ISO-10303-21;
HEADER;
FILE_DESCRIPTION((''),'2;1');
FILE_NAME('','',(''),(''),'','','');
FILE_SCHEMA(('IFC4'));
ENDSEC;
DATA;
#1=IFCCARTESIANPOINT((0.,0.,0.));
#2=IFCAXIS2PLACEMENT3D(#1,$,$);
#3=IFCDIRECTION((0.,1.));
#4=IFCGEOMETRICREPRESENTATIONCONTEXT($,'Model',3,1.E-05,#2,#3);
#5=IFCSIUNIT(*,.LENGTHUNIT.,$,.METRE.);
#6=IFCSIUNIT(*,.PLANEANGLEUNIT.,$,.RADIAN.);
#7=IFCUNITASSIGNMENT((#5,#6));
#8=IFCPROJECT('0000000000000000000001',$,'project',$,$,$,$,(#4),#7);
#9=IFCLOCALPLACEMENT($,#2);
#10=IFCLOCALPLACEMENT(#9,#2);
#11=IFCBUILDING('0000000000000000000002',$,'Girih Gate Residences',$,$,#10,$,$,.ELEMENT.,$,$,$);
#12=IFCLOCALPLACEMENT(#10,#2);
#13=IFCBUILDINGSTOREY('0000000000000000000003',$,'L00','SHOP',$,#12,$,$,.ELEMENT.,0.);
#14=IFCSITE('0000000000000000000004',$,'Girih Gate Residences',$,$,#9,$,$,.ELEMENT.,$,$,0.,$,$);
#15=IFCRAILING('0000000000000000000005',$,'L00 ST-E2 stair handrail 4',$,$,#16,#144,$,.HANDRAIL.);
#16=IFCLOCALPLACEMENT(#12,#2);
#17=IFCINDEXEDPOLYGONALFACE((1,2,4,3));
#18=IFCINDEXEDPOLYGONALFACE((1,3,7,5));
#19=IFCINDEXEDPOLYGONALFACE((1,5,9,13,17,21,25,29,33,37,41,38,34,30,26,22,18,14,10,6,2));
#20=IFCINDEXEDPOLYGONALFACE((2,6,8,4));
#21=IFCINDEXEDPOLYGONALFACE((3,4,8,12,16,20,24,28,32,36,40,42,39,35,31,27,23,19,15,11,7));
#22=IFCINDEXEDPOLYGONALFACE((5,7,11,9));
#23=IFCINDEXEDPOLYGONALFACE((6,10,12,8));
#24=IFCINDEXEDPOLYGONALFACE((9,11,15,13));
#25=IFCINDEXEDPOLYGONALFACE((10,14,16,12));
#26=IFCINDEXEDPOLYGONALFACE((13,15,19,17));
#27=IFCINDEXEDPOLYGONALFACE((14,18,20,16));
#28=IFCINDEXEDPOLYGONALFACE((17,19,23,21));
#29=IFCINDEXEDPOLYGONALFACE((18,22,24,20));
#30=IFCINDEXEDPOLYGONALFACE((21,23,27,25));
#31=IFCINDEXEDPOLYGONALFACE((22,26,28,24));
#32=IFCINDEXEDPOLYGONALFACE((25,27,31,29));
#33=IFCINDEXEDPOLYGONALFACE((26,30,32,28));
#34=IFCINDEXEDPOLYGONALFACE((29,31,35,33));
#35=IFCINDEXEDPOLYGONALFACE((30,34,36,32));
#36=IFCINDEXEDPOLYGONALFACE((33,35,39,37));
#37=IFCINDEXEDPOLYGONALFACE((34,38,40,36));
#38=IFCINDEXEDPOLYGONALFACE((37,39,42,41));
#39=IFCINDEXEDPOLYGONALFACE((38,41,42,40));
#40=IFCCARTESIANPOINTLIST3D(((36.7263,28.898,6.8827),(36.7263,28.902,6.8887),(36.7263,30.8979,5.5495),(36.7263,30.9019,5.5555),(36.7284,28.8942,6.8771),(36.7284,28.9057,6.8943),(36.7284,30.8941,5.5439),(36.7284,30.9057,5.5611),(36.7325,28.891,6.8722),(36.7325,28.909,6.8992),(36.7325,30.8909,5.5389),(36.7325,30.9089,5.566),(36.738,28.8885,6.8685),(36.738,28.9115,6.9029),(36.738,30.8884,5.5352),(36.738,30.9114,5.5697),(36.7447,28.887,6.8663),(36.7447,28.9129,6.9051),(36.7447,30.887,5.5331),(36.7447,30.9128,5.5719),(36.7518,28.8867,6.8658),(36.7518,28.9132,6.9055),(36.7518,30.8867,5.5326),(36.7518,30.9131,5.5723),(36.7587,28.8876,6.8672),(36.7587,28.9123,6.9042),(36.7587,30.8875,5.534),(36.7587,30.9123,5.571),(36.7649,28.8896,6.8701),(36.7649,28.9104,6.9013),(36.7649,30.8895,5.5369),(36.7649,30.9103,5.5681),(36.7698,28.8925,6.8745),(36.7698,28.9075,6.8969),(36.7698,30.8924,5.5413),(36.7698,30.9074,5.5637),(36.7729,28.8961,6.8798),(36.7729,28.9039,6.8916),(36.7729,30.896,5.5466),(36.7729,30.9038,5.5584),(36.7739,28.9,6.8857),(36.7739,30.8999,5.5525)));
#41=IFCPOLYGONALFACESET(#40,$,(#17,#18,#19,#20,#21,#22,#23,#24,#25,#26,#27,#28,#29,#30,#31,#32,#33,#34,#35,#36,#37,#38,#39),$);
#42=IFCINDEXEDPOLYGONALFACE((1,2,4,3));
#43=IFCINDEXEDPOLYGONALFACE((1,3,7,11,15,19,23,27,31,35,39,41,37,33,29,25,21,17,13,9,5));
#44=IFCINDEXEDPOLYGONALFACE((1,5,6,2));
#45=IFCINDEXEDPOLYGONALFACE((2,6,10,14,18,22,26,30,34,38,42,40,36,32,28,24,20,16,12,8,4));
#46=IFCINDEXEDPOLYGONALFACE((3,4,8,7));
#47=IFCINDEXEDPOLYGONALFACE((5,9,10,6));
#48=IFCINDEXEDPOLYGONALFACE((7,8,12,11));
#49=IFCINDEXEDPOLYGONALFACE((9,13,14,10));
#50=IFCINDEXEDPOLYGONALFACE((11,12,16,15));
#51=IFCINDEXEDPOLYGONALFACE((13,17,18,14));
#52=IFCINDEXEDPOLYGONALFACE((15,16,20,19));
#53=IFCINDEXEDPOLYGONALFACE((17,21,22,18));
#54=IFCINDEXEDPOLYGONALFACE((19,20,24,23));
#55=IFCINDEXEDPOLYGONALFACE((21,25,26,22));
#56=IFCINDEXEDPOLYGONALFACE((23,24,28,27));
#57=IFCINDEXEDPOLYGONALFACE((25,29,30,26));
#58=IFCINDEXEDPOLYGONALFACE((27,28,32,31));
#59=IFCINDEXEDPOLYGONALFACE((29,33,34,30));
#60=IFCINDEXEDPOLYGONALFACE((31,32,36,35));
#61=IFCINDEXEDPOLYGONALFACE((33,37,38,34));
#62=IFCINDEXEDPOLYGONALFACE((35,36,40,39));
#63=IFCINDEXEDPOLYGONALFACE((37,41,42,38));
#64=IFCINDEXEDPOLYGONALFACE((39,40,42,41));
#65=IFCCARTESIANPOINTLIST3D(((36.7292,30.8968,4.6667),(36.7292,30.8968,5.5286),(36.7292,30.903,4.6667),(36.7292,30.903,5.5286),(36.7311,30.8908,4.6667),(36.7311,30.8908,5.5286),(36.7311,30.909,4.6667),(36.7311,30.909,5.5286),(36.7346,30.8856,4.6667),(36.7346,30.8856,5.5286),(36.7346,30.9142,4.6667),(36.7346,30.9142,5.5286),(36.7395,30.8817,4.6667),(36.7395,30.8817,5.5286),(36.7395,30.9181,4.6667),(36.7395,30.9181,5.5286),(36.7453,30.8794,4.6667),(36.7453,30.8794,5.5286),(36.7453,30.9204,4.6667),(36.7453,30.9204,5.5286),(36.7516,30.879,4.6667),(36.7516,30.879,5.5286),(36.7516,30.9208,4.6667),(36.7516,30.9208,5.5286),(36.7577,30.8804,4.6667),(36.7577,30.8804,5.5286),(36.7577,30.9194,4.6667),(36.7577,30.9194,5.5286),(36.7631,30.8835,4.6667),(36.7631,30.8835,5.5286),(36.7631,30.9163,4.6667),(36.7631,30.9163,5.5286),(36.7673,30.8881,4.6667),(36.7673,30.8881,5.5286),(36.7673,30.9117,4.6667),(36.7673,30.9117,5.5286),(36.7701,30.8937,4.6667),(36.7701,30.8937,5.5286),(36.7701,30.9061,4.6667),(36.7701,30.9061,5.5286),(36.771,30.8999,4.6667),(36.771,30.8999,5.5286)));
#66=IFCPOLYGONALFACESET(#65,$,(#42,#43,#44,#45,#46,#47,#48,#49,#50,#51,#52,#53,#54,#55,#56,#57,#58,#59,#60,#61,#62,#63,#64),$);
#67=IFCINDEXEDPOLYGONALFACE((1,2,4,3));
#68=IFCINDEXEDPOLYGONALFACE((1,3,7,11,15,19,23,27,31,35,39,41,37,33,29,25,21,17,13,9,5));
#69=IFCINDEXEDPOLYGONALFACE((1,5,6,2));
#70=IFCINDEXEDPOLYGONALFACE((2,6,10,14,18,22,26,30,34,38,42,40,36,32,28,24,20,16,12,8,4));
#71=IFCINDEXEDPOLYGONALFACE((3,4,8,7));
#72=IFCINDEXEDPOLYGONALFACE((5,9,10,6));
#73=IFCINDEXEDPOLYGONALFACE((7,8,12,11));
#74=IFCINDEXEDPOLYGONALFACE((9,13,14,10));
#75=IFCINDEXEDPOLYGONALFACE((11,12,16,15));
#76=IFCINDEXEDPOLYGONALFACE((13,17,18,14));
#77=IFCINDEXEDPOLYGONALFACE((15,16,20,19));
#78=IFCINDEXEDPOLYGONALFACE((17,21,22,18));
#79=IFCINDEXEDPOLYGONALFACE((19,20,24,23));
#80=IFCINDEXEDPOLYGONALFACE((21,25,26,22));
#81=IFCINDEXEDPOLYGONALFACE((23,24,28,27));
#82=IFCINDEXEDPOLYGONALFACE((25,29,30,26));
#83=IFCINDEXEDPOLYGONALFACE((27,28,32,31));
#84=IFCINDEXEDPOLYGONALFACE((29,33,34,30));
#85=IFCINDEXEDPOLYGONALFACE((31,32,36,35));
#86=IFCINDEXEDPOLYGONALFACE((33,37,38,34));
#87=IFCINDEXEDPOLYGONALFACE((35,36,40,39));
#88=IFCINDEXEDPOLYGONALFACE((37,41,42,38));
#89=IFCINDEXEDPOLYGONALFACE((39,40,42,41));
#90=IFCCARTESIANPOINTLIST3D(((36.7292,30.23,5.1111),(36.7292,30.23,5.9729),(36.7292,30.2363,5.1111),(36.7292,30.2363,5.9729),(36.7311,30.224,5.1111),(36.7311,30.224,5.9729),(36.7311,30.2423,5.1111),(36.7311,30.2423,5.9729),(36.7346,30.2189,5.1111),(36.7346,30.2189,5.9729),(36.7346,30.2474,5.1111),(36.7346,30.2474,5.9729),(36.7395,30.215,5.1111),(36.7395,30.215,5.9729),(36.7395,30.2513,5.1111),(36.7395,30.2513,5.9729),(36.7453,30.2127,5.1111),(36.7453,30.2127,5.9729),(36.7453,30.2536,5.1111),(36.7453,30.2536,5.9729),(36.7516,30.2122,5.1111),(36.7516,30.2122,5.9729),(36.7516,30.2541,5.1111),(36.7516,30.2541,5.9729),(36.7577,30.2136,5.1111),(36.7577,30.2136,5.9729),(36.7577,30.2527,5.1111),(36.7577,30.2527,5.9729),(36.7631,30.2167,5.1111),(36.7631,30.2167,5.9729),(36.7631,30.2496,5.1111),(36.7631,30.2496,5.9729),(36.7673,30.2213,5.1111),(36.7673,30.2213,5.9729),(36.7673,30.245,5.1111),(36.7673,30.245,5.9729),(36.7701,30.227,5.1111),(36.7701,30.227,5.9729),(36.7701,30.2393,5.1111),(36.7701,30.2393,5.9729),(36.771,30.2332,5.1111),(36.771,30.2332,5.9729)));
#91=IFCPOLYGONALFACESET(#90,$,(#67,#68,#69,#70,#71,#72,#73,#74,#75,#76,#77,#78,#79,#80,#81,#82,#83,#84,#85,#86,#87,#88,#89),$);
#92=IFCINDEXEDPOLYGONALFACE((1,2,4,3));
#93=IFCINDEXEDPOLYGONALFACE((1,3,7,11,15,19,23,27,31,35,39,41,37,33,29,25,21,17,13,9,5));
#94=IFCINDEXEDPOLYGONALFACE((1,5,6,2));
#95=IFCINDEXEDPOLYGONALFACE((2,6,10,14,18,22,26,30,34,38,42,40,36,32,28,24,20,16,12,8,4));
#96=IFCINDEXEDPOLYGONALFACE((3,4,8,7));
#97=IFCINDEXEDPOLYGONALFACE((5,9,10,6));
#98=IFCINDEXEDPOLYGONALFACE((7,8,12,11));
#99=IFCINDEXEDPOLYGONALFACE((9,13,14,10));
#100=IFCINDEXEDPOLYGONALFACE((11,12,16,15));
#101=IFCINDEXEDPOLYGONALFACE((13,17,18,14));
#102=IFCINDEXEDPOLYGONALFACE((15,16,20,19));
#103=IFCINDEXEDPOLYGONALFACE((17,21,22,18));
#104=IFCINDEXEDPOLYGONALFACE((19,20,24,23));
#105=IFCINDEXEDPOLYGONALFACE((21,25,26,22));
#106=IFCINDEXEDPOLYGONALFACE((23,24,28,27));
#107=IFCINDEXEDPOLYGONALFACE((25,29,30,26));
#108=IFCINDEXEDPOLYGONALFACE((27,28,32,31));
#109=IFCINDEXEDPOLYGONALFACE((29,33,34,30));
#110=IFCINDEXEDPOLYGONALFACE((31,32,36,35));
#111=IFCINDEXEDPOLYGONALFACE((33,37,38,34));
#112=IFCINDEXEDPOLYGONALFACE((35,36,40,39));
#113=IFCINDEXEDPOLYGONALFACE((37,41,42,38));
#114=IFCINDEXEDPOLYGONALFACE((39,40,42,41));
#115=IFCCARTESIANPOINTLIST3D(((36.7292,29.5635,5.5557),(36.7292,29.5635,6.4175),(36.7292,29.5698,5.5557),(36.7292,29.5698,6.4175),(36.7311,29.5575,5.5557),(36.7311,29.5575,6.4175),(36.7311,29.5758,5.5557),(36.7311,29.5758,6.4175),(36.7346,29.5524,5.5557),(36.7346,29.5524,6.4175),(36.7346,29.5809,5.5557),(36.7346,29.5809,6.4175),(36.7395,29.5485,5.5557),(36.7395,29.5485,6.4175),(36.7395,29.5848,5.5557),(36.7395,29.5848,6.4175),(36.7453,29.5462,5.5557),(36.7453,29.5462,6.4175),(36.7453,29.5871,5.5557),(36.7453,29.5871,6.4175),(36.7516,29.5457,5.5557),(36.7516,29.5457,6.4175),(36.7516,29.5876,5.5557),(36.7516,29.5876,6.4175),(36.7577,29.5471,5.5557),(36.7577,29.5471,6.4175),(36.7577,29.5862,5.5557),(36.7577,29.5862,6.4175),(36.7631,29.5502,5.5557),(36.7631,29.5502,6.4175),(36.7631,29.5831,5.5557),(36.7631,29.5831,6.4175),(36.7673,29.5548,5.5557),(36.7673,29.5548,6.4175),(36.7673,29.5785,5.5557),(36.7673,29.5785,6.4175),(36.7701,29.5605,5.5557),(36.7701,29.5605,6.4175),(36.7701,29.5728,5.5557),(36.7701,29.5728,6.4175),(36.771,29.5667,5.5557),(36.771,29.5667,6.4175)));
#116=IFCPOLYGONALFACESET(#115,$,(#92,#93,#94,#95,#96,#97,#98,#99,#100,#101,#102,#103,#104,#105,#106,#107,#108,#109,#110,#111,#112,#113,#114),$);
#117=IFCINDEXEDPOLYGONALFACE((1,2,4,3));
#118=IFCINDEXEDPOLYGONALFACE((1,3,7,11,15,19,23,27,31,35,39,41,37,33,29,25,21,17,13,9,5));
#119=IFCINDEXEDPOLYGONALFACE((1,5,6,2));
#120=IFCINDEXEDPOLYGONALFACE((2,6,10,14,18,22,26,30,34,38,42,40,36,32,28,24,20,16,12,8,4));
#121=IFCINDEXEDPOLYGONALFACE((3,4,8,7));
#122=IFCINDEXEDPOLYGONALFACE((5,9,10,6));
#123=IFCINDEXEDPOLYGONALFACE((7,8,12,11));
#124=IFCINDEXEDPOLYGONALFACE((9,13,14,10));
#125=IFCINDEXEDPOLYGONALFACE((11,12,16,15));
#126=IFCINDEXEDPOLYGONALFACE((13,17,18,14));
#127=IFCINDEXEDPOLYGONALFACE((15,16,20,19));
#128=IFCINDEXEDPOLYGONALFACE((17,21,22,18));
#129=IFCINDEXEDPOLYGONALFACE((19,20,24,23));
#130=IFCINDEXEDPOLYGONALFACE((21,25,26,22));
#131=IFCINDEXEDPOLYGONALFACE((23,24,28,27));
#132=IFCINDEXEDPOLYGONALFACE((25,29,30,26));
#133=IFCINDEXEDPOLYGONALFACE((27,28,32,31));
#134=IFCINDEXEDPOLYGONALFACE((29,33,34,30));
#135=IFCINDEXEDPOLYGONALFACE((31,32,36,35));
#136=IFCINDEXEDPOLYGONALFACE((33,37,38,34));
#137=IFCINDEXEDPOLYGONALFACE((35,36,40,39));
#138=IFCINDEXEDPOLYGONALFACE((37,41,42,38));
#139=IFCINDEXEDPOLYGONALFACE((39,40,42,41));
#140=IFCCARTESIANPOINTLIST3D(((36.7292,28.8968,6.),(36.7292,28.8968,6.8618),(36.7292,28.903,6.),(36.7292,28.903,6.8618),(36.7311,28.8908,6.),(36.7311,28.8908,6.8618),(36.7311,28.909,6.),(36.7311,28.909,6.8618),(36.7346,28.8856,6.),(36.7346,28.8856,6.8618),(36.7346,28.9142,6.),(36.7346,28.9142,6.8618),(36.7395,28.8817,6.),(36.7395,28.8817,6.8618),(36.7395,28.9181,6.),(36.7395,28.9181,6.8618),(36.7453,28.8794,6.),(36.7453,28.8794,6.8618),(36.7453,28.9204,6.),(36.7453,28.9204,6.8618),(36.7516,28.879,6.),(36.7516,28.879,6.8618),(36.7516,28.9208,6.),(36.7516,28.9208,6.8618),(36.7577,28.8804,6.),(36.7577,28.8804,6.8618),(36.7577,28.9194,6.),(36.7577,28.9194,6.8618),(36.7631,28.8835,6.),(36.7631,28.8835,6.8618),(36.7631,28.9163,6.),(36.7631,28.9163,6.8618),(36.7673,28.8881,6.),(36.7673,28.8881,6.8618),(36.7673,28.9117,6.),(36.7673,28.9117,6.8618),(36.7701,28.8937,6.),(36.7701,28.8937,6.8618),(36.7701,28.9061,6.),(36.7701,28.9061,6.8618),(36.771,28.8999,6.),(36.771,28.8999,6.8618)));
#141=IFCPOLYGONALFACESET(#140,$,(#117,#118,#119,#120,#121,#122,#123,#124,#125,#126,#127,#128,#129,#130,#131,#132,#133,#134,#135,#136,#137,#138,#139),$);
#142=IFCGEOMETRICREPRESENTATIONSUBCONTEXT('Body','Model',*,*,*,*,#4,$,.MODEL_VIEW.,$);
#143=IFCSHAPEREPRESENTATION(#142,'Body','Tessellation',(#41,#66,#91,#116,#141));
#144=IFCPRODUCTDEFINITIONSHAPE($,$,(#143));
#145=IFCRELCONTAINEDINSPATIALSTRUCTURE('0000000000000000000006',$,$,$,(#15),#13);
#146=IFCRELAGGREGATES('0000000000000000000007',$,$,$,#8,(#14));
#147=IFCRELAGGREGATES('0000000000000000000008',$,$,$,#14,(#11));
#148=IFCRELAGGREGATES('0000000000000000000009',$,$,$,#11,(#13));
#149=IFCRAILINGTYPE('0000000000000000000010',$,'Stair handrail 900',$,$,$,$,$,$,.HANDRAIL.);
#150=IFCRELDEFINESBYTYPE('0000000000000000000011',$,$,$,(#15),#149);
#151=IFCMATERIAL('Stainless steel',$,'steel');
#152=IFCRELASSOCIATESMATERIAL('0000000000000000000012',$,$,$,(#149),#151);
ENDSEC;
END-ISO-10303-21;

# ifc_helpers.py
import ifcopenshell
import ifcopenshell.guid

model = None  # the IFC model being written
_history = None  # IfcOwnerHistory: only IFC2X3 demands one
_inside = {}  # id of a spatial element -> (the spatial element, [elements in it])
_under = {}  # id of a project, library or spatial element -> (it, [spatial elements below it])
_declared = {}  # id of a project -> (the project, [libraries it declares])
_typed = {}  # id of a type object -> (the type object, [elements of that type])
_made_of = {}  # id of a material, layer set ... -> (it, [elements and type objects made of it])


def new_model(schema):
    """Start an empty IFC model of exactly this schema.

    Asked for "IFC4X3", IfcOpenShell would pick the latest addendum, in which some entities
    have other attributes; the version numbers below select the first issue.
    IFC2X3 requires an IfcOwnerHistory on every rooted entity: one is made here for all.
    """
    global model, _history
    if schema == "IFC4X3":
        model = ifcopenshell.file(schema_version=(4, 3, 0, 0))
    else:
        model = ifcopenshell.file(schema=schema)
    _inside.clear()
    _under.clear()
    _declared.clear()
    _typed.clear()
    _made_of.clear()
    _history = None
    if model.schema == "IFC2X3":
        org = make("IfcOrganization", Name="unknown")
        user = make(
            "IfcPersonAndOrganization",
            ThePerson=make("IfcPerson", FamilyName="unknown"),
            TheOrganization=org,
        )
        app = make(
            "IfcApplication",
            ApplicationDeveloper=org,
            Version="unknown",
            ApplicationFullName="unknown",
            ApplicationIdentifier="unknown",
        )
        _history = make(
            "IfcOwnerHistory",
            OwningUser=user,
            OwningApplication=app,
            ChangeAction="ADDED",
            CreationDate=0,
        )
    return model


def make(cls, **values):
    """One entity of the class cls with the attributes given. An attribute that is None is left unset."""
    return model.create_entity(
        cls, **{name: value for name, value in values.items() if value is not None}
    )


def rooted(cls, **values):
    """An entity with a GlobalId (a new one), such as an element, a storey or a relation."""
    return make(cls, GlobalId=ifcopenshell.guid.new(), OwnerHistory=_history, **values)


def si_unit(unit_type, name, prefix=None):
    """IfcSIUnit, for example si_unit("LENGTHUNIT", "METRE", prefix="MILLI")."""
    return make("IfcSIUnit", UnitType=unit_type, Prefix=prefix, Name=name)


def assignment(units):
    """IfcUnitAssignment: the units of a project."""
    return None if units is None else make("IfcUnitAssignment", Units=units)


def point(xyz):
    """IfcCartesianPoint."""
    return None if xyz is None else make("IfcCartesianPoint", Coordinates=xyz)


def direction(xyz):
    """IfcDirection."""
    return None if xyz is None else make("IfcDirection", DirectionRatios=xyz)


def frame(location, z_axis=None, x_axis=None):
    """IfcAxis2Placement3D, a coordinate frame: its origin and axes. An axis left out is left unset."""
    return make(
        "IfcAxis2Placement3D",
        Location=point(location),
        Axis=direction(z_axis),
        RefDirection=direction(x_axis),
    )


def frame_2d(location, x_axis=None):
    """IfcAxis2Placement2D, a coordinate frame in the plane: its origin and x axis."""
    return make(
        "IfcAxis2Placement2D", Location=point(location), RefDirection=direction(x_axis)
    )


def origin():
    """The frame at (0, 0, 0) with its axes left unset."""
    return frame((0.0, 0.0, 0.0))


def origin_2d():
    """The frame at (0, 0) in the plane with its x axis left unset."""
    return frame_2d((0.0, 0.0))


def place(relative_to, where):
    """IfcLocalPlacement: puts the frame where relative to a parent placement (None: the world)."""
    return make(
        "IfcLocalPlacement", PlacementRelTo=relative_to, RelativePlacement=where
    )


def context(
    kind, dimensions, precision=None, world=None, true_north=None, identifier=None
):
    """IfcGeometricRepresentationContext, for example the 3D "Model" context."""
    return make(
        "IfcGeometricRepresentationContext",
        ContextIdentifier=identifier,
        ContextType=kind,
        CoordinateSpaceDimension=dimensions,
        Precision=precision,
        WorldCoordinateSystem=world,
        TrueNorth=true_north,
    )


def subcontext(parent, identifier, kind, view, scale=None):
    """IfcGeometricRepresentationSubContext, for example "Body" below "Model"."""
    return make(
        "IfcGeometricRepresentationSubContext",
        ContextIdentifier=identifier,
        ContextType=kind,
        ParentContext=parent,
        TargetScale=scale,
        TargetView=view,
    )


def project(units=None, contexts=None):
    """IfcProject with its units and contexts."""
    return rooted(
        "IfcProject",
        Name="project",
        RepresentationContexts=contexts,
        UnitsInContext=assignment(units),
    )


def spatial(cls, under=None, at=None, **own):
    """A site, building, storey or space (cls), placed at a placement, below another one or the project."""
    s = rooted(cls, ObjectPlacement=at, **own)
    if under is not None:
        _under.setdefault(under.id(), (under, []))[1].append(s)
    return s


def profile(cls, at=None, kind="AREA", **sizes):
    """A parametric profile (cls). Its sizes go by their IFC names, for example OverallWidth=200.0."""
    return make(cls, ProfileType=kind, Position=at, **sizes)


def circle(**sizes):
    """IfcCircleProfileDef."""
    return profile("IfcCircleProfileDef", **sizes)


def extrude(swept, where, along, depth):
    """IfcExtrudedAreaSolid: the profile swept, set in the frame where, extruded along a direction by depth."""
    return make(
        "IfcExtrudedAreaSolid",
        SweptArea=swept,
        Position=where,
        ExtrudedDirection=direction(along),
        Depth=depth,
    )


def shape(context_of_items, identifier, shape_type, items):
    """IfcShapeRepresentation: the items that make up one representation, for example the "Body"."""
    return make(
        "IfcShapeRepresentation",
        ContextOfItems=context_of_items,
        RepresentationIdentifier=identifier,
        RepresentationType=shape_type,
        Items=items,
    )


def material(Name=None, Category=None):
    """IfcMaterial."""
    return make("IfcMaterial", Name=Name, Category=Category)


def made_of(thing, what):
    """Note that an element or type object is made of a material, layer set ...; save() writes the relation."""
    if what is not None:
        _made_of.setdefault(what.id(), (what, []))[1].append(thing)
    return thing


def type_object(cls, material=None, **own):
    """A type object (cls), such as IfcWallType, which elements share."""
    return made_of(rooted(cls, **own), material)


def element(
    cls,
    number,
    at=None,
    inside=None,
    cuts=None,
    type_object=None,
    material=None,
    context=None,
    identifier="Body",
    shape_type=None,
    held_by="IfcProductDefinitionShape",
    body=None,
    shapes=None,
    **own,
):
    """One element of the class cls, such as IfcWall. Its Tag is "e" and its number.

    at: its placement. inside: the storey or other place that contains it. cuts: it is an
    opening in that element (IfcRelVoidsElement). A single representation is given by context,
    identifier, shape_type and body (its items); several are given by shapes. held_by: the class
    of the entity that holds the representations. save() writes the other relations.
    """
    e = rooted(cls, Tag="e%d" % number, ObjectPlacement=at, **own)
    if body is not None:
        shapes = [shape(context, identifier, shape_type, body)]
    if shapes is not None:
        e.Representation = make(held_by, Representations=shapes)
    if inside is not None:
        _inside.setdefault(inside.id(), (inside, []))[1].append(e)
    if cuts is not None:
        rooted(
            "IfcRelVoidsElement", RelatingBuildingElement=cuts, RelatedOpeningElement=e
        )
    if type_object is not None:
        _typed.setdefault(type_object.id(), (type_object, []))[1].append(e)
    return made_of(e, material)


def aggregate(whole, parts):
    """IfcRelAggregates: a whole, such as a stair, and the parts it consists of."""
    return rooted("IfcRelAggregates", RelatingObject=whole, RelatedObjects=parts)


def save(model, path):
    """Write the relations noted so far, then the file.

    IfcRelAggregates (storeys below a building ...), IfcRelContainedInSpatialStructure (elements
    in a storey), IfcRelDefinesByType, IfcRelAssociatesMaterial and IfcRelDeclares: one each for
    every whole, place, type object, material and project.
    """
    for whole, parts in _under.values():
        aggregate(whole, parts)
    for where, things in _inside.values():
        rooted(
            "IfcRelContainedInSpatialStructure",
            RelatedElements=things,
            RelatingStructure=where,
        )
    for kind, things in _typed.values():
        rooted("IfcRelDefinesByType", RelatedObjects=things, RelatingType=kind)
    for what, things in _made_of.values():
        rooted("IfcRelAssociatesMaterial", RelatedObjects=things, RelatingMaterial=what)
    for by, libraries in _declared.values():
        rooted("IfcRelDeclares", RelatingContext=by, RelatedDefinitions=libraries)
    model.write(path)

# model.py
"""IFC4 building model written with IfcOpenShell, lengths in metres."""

from ifc_helpers import new_model, si_unit, direction, frame, origin, origin_2d, place, context, subcontext, project, spatial, circle, extrude, material, type_object, element, save


model = new_model("IFC4")

# Units and contexts
model_context = context("Model", 3, precision=1e-05, world=origin(), true_north=direction((0.0, 1.0)))
body_context = subcontext(model_context, "Body", "Model", "MODEL_VIEW")
ifc_project = project(units=[si_unit("LENGTHUNIT", "METRE"), si_unit("PLANEANGLEUNIT", "RADIAN")], contexts=[model_context])

# Site, building, storey
site_placement = place(None, origin())
site = spatial("IfcSite", under=ifc_project, at=site_placement, Name="Girih Gate Residences", CompositionType="ELEMENT", RefElevation=0.0)
building_placement = place(site_placement, origin())
building = spatial("IfcBuilding", under=site, at=building_placement, Name="Girih Gate Residences", CompositionType="ELEMENT")
storey_placement = place(building_placement, origin())
storey = spatial("IfcBuildingStorey", under=building, at=storey_placement, Name="L00", Description="SHOP", CompositionType="ELEMENT", Elevation=0.0)

# Railing
ifc_material_1 = material(Name="Stainless steel", Category="steel")
railing_type_1 = type_object("IfcRailingType", Name="Stair handrail 900", PredefinedType="HANDRAIL", material=ifc_material_1)
railing_1_placement = place(storey_placement, frame((36.75, 30.8999, 4.6667)))
element("IfcRailing", 1, at=railing_1_placement, inside=storey, type_object=railing_type_1, Name="L00 ST-E2 stair handrail 4", PredefinedType="HANDRAIL", context=body_context, shape_type="SweptSolid", body=[
    extrude(circle(Radius=0.0239, at=origin_2d()), frame((0.0, 0.0, 0.8857), z_axis=(0.0, -0.832066, 0.554677), x_axis=(1.0, 0.0, 0.0)), (0.0, 0.0, 1.0), 2.4036),
    extrude(circle(Radius=0.021, at=origin_2d()), origin(), (0.0, 0.0, 1.0), 0.8618),
    extrude(circle(Radius=0.021, at=origin_2d()), frame((0.0, -0.6667, 0.4443)), (0.0, 0.0, 1.0), 0.8618),
    extrude(circle(Radius=0.021, at=origin_2d()), frame((0.0, -1.3333, 0.8889)), (0.0, 0.0, 1.0), 0.8618),
    extrude(circle(Radius=0.021, at=origin_2d()), frame((0.0, -2.0, 1.3333)), (0.0, 0.0, 1.0), 0.8618),
])

save(model, "model.ifc")
